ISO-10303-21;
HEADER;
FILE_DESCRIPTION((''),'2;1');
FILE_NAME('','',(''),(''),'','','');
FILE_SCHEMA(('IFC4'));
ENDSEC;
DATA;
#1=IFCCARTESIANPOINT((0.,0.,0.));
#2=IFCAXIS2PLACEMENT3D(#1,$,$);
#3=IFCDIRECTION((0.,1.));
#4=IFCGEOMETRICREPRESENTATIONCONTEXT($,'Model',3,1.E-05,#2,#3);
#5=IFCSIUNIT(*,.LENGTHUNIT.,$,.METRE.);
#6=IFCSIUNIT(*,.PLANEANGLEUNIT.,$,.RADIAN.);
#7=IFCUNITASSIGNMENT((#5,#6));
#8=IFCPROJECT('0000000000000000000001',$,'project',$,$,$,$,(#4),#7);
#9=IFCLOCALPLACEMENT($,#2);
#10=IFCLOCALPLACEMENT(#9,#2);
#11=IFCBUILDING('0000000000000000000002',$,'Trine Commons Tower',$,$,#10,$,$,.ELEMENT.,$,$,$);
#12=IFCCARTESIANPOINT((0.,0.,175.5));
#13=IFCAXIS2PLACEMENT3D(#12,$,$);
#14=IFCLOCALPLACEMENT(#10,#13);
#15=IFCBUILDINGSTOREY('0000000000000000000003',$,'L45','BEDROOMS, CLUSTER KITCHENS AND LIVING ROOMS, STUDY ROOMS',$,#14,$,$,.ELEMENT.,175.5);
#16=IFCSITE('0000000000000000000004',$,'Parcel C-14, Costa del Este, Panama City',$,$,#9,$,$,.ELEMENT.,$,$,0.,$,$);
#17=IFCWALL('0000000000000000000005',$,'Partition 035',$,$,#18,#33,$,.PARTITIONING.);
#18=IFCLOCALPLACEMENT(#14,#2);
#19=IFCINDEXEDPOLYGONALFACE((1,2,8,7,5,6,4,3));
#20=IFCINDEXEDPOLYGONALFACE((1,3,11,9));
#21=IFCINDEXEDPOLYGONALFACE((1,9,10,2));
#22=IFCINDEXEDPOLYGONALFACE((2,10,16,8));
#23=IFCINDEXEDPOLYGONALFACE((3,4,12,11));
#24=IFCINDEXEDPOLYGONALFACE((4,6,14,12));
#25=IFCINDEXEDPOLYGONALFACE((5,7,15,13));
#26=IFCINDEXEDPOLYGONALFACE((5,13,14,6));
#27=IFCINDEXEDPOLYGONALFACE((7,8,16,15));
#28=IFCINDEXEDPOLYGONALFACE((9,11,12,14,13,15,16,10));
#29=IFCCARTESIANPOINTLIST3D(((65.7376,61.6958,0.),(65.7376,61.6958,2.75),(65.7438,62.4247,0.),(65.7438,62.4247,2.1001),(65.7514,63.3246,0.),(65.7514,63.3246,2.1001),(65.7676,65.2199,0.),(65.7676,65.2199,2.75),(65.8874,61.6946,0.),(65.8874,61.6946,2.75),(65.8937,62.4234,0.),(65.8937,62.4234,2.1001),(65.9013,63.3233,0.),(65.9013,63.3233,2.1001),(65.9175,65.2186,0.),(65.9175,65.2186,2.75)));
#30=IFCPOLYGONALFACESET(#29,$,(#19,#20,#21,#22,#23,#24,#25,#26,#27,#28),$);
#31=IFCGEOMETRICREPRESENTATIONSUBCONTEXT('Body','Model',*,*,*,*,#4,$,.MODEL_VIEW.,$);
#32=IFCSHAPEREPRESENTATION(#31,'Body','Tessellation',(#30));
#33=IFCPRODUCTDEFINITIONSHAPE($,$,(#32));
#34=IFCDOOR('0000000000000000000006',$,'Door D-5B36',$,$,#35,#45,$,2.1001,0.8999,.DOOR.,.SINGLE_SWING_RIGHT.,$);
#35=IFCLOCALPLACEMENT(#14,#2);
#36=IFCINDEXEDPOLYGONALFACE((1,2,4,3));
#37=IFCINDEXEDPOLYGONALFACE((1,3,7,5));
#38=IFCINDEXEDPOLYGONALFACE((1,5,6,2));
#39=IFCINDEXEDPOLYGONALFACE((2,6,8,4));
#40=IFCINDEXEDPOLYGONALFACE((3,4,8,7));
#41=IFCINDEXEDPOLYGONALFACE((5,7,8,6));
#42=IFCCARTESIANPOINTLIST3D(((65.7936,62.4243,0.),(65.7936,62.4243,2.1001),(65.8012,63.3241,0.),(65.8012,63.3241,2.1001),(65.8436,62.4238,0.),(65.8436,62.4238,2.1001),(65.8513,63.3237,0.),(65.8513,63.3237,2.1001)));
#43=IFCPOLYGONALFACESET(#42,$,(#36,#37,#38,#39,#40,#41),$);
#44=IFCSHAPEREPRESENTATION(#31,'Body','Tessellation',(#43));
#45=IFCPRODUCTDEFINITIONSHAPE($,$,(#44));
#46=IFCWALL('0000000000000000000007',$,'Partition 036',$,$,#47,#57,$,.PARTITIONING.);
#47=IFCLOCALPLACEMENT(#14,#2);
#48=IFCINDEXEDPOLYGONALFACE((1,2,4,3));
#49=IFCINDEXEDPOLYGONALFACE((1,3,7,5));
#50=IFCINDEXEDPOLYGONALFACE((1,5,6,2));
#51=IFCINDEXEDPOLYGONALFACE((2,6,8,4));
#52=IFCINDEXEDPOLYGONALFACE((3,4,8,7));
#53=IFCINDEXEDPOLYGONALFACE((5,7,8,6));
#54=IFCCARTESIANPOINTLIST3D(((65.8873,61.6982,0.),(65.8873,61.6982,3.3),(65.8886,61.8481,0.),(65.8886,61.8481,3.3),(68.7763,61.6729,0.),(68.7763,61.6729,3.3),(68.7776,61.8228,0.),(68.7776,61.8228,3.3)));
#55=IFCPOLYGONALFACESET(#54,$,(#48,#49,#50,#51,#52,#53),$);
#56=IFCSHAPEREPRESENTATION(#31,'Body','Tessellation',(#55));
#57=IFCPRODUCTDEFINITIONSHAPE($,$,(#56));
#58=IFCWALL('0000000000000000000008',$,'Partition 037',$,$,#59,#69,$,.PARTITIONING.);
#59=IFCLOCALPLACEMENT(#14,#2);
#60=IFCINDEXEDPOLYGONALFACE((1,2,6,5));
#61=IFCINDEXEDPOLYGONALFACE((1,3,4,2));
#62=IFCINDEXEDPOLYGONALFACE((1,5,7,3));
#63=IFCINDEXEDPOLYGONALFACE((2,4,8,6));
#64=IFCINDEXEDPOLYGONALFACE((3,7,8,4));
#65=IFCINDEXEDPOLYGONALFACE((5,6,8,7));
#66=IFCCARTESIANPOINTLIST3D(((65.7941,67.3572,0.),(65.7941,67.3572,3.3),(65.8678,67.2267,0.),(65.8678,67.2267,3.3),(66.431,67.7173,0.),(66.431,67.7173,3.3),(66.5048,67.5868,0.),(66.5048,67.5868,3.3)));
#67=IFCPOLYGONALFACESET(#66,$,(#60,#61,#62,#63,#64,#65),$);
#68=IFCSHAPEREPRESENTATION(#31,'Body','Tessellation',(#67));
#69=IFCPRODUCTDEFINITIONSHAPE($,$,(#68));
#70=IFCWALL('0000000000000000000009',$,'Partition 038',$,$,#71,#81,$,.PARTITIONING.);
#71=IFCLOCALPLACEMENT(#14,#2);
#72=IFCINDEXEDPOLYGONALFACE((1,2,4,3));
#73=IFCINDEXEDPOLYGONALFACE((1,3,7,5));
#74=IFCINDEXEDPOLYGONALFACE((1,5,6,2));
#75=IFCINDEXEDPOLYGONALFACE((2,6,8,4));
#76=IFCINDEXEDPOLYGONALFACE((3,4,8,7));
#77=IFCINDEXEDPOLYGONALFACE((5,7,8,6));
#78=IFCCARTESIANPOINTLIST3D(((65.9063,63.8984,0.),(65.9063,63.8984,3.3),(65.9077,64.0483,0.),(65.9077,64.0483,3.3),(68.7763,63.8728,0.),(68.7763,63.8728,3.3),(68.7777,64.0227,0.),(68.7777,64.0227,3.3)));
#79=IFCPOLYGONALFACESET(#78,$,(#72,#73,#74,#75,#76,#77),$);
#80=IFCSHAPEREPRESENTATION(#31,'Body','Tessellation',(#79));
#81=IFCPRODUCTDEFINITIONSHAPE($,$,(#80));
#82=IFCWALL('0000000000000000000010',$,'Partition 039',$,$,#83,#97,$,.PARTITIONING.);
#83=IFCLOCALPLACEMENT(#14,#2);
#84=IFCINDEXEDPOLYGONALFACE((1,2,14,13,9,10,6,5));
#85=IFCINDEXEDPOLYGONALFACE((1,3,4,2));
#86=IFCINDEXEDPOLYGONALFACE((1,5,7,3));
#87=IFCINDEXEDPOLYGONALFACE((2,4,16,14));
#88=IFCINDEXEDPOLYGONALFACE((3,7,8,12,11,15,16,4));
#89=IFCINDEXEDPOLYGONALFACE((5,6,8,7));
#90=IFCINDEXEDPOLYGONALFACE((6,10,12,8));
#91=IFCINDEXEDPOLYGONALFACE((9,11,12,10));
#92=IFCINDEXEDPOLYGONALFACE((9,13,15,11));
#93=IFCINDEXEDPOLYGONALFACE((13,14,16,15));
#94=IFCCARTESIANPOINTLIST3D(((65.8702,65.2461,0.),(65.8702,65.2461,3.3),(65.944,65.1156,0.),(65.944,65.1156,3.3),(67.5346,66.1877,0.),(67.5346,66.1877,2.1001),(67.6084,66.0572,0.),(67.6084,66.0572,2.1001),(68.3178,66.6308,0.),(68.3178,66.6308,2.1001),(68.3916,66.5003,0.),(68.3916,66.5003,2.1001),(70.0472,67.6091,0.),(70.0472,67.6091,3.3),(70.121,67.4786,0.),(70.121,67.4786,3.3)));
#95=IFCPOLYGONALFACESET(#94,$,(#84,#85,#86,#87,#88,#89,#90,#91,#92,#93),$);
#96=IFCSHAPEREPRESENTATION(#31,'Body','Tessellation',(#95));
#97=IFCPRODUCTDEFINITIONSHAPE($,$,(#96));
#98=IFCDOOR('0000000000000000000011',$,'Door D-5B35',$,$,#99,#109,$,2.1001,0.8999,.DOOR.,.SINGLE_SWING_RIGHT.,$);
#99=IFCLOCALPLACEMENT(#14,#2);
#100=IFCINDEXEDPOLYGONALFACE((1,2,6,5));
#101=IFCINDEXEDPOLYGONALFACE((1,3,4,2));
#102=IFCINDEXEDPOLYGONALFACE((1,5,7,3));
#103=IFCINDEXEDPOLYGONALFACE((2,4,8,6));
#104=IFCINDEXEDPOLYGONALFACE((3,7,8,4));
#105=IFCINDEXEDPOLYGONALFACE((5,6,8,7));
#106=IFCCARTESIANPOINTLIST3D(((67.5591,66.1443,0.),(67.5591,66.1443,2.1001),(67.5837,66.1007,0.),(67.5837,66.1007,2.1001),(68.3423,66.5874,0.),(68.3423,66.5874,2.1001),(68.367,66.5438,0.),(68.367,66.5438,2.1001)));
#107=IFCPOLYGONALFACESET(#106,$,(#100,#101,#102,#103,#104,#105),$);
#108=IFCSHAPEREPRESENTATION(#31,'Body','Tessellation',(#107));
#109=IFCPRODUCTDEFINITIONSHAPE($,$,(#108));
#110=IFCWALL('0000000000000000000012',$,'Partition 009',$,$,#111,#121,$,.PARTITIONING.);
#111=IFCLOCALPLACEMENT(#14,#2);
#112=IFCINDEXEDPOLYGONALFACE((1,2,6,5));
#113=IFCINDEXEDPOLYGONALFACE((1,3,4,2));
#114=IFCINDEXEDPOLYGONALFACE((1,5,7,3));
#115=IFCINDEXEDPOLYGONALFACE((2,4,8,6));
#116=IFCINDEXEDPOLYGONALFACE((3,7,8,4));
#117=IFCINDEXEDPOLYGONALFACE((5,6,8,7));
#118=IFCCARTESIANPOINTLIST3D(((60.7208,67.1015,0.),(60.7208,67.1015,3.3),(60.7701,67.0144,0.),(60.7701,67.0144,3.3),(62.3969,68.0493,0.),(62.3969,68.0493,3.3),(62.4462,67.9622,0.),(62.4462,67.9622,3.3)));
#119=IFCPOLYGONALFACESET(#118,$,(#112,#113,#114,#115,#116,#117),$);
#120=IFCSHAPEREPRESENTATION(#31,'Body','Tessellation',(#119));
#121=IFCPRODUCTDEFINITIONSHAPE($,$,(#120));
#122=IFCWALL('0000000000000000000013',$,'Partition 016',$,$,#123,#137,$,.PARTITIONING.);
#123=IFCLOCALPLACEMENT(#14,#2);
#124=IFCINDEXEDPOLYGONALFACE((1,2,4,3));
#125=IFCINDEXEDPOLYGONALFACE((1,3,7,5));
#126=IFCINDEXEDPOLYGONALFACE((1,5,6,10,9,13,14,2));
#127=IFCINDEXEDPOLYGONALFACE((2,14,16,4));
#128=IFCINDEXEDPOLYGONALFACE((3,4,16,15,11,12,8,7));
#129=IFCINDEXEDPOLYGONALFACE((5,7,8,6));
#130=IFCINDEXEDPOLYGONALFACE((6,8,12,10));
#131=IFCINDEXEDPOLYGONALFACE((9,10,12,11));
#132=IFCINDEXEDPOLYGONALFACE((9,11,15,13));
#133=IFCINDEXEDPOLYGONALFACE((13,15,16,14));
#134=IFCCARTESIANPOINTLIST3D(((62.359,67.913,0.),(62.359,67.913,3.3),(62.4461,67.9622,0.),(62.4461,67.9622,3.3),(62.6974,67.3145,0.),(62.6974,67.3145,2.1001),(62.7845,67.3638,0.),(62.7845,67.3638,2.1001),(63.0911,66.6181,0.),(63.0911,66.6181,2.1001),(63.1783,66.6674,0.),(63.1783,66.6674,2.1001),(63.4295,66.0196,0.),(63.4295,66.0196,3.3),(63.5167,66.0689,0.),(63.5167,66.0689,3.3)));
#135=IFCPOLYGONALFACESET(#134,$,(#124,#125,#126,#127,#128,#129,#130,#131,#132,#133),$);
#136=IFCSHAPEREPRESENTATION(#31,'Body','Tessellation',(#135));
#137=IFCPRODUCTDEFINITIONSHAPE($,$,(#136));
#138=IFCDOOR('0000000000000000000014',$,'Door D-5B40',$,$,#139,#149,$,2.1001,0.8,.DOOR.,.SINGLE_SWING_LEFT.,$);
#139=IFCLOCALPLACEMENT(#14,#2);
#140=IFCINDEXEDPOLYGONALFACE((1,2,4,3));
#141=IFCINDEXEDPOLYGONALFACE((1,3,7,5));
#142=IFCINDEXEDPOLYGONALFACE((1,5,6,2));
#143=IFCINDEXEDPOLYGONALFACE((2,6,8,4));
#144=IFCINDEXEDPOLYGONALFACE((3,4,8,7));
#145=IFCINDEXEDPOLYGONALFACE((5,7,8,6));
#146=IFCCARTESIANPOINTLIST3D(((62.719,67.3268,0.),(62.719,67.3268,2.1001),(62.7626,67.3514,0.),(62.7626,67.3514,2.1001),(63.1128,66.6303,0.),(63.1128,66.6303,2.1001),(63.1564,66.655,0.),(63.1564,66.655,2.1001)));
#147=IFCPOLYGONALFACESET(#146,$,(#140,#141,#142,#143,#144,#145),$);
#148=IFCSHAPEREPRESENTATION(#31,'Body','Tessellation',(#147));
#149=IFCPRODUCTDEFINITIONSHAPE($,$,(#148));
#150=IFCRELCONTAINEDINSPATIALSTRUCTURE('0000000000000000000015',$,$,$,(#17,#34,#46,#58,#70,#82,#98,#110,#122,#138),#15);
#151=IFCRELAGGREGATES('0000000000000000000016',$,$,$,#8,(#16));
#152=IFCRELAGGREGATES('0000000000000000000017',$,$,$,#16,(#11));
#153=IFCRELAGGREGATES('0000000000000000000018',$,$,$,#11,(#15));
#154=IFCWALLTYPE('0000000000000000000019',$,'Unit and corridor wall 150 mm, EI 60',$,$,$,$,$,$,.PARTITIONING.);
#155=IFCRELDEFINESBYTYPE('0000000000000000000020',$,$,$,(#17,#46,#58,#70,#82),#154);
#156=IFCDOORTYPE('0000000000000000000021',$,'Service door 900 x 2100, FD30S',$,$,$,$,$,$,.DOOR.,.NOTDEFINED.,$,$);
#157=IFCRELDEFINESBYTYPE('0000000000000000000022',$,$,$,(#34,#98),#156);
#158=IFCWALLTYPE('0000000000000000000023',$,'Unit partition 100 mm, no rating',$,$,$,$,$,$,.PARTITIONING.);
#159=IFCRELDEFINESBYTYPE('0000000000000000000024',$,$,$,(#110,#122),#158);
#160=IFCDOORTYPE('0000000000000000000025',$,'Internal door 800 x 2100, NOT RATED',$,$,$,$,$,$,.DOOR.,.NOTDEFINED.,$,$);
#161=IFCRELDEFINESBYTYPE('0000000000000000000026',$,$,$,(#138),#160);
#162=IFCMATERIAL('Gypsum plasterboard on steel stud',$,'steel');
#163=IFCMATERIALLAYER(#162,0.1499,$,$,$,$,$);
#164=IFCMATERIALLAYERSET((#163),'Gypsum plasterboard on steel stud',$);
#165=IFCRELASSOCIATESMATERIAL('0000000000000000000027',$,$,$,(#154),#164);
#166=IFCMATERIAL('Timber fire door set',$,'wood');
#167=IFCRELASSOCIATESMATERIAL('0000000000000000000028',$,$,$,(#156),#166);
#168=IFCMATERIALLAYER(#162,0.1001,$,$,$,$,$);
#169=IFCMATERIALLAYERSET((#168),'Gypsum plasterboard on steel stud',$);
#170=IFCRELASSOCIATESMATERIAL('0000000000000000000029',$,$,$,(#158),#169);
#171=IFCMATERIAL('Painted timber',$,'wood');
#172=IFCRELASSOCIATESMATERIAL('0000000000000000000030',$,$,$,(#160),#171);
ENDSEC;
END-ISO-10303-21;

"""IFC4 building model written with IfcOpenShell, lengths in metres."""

from ifc_helpers import new_model, si_unit, direction, frame, frame_2d, origin, place, context, subcontext, project, spatial, rectangle, extrude, material, layer, layer_set, type_object, element, fill, save


model = new_model("IFC4")

# Units and contexts
model_context = context("Model", 3, precision=1e-05, world=origin(), true_north=direction((0.0, 1.0)))
body_context = subcontext(model_context, "Body", "Model", "MODEL_VIEW")
ifc_project = project(units=[si_unit("LENGTHUNIT", "METRE"), si_unit("PLANEANGLEUNIT", "RADIAN")], contexts=[model_context])

# Site, building, storey
site_placement = place(None, origin())
site = spatial("IfcSite", under=ifc_project, at=site_placement, Name="Parcel C-14, Costa del Este, Panama City", CompositionType="ELEMENT", RefElevation=0.0)
building_placement = place(site_placement, origin())
building = spatial("IfcBuilding", under=site, at=building_placement, Name="Trine Commons Tower", CompositionType="ELEMENT")
storey_placement = place(building_placement, frame((0.0, 0.0, 175.5)))
storey = spatial("IfcBuildingStorey", under=building, at=storey_placement, Name="L45", Description="BEDROOMS, CLUSTER KITCHENS AND LIVING ROOMS, STUDY ROOMS", CompositionType="ELEMENT", Elevation=175.5)

# Shared definitions
ifc_material_1 = material(Name="Gypsum plasterboard on steel stud", Category="steel")
ifc_layer_1 = layer(ifc_material_1, 0.1499)
ifc_layer_set_1 = layer_set([ifc_layer_1], Name="Gypsum plasterboard on steel stud")
wall_type_1 = type_object("IfcWallType", Name="Unit and corridor wall 150 mm, EI 60", PredefinedType="PARTITIONING", material=ifc_layer_set_1)

# Shared definitions
ifc_material_2 = material(Name="Timber fire door set", Category="wood")

# Wall, opening, door
door_type_1 = type_object("IfcDoorType", Name="Service door 900 x 2100, FD30S", OperationType="NOTDEFINED", PredefinedType="DOOR", material=ifc_material_2)
wall_1_placement = place(storey_placement, frame((65.8125, 61.6951, 0.0), z_axis=(0.0, 0.0, 1.0), x_axis=(0.008521, 0.999964, 0.0)))
wall_1 = element("IfcWall", 1, at=wall_1_placement, inside=storey, type_object=wall_type_1, Name="Partition 035", PredefinedType="PARTITIONING", context=body_context, shape_type="SweptSolid", body=[
    extrude(rectangle(XDim=3.5242, YDim=0.1499, at=frame_2d((1.7622, 0.0))), origin(), (0.0, 0.0, 1.0), 2.75),
])
opening_1_placement = place(wall_1_placement, frame((0.729, 0.0, 0.0)))
opening_1 = element("IfcOpeningElement", 2, at=opening_1_placement, cuts=wall_1, PredefinedType="OPENING", context=body_context, shape_type="SweptSolid", body=[
    extrude(rectangle(XDim=0.8999, YDim=2.1001, at=frame_2d((0.45, 1.05))), frame((0.0, 0.085, 0.0), z_axis=(0.0, -1.0, 0.0), x_axis=(1.0, 0.0, 0.0)), (0.0, 0.0, 1.0), 0.1699),
])
door_1_placement = place(opening_1_placement, frame((0.8999, 0.0, 0.0), z_axis=(0.0, 0.0, 1.0), x_axis=(-1.0, 0.0, 0.0)))
door_1 = element("IfcDoor", 3, at=door_1_placement, inside=storey, type_object=door_type_1, Name="Door D-5B36", OperationType="SINGLE_SWING_RIGHT", OverallHeight=2.1001, OverallWidth=0.8999, PredefinedType="DOOR", context=body_context, shape_type="SweptSolid", body=[
    extrude(rectangle(XDim=0.8999, YDim=2.1001, at=frame_2d((0.45, 1.05))), frame((0.0, 0.0249, 0.0), z_axis=(0.0, -1.0, 0.0), x_axis=(1.0, 0.0, 0.0)), (0.0, 0.0, 1.0), 0.05),
])
fill(opening_1, door_1)

# Walls
wall_2_placement = place(storey_placement, frame((65.8879, 61.7732, 0.0), z_axis=(0.0, 0.0, 1.0), x_axis=(0.999961, -0.008788, 0.0)))
element("IfcWall", 4, at=wall_2_placement, inside=storey, type_object=wall_type_1, Name="Partition 036", PredefinedType="PARTITIONING", context=body_context, shape_type="SweptSolid", body=[
    extrude(rectangle(XDim=2.8892, YDim=0.1499, at=frame_2d((1.4446, 0.0))), origin(), (0.0, 0.0, 1.0), 3.3),
])
wall_3_placement = place(storey_placement, frame((65.8311, 67.292, 0.0), z_axis=(0.0, 0.0, 1.0), x_axis=(0.870513, 0.492145, 0.0)))
element("IfcWall", 5, at=wall_3_placement, inside=storey, type_object=wall_type_1, Name="Partition 037", PredefinedType="PARTITIONING", context=body_context, shape_type="SweptSolid", body=[
    extrude(rectangle(XDim=0.7317, YDim=0.1499, at=frame_2d((0.3657, 0.0))), origin(), (0.0, 0.0, 1.0), 3.3),
])
wall_4_placement = place(storey_placement, frame((65.907, 63.9734, 0.0), z_axis=(0.0, 0.0, 1.0), x_axis=(0.99996, -0.008931, 0.0)))
element("IfcWall", 6, at=wall_4_placement, inside=storey, type_object=wall_type_1, Name="Partition 038", PredefinedType="PARTITIONING", context=body_context, shape_type="SweptSolid", body=[
    extrude(rectangle(XDim=2.8701, YDim=0.1499, at=frame_2d((1.4351, 0.0))), origin(), (0.0, 0.0, 1.0), 3.3),
])

# Wall, opening, door
wall_5_placement = place(storey_placement, frame((65.9072, 65.1809, 0.0), z_axis=(0.0, 0.0, 1.0), x_axis=(0.870373, 0.492392, 0.0)))
wall_5 = element("IfcWall", 7, at=wall_5_placement, inside=storey, type_object=wall_type_1, Name="Partition 039", PredefinedType="PARTITIONING", context=body_context, shape_type="SweptSolid", body=[
    extrude(rectangle(XDim=4.7991, YDim=0.1499, at=frame_2d((2.3994, 0.0))), origin(), (0.0, 0.0, 1.0), 3.3),
])
opening_2_placement = place(wall_5_placement, frame((1.9121, 0.0, 0.0)))
opening_2 = element("IfcOpeningElement", 8, at=opening_2_placement, cuts=wall_5, PredefinedType="OPENING", context=body_context, shape_type="SweptSolid", body=[
    extrude(rectangle(XDim=0.8999, YDim=2.1001, at=frame_2d((0.45, 1.05))), frame((0.0, 0.085, 0.0), z_axis=(0.0, -1.0, 0.0), x_axis=(1.0, 0.0, 0.0)), (0.0, 0.0, 1.0), 0.1699),
])
door_2_placement = place(opening_2_placement, frame((0.8999, 0.0, 0.0), z_axis=(0.0, 0.0, 1.0), x_axis=(-1.0, 0.0, 0.0)))
door_2 = element("IfcDoor", 9, at=door_2_placement, inside=storey, type_object=door_type_1, Name="Door D-5B35", OperationType="SINGLE_SWING_RIGHT", OverallHeight=2.1001, OverallWidth=0.8999, PredefinedType="DOOR", context=body_context, shape_type="SweptSolid", body=[
    extrude(rectangle(XDim=0.8999, YDim=2.1001, at=frame_2d((0.45, 1.05))), frame((0.0, 0.0249, 0.0), z_axis=(0.0, -1.0, 0.0), x_axis=(1.0, 0.0, 0.0)), (0.0, 0.0, 1.0), 0.05),
])
fill(opening_2, door_2)

# Wall
ifc_layer_2 = layer(ifc_material_1, 0.1001)
ifc_layer_set_2 = layer_set([ifc_layer_2], Name="Gypsum plasterboard on steel stud")
wall_type_2 = type_object("IfcWallType", Name="Unit partition 100 mm, no rating", PredefinedType="PARTITIONING", material=ifc_layer_set_2)
wall_6_placement = place(storey_placement, frame((60.7454, 67.0579, 0.0), z_axis=(0.0, 0.0, 1.0), x_axis=(0.870466, 0.492229, 0.0)))
element("IfcWall", 10, at=wall_6_placement, inside=storey, type_object=wall_type_2, Name="Partition 009", PredefinedType="PARTITIONING", context=body_context, shape_type="SweptSolid", body=[
    extrude(rectangle(XDim=1.9255, YDim=0.1001, at=frame_2d((0.9629, 0.0))), origin(), (0.0, 0.0, 1.0), 3.3),
])

# Wall, opening, door
wall_7_placement = place(storey_placement, frame((62.4026, 67.9375, 0.0), z_axis=(0.0, 0.0, 1.0), x_axis=(0.492205, -0.870479, 0.0)))
wall_7 = element("IfcWall", 11, at=wall_7_placement, inside=storey, type_object=wall_type_2, Name="Partition 016", PredefinedType="PARTITIONING", context=body_context, shape_type="SweptSolid", body=[
    extrude(rectangle(XDim=2.175, YDim=0.1001, at=frame_2d((1.0874, 0.0))), origin(), (0.0, 0.0, 1.0), 3.3),
])
opening_3_placement = place(wall_7_placement, frame((0.6875, 0.0, 0.0)))
opening_3 = element("IfcOpeningElement", 12, at=opening_3_placement, cuts=wall_7, PredefinedType="OPENING", context=body_context, shape_type="SweptSolid", body=[
    extrude(rectangle(XDim=0.8, YDim=2.1001, at=frame_2d((0.3999, 1.05))), frame((0.0, 0.0601, 0.0), z_axis=(0.0, -1.0, 0.0), x_axis=(1.0, 0.0, 0.0)), (0.0, 0.0, 1.0), 0.1201),
])
ifc_material_3 = material(Name="Painted timber", Category="wood")
door_type_2 = type_object("IfcDoorType", Name="Internal door 800 x 2100, NOT RATED", OperationType="NOTDEFINED", PredefinedType="DOOR", material=ifc_material_3)
door_3_placement = place(opening_3_placement, origin())
door_3 = element("IfcDoor", 13, at=door_3_placement, inside=storey, type_object=door_type_2, Name="Door D-5B40", OperationType="SINGLE_SWING_LEFT", OverallHeight=2.1001, OverallWidth=0.8, PredefinedType="DOOR", context=body_context, shape_type="SweptSolid", body=[
    extrude(rectangle(XDim=0.8, YDim=2.1001, at=frame_2d((0.3999, 1.05))), frame((0.0, 0.0249, 0.0), z_axis=(0.0, -1.0, 0.0), x_axis=(1.0, 0.0, 0.0)), (0.0, 0.0, 1.0), 0.05),
])
fill(opening_3, door_3)

save(model, "model.ifc")
